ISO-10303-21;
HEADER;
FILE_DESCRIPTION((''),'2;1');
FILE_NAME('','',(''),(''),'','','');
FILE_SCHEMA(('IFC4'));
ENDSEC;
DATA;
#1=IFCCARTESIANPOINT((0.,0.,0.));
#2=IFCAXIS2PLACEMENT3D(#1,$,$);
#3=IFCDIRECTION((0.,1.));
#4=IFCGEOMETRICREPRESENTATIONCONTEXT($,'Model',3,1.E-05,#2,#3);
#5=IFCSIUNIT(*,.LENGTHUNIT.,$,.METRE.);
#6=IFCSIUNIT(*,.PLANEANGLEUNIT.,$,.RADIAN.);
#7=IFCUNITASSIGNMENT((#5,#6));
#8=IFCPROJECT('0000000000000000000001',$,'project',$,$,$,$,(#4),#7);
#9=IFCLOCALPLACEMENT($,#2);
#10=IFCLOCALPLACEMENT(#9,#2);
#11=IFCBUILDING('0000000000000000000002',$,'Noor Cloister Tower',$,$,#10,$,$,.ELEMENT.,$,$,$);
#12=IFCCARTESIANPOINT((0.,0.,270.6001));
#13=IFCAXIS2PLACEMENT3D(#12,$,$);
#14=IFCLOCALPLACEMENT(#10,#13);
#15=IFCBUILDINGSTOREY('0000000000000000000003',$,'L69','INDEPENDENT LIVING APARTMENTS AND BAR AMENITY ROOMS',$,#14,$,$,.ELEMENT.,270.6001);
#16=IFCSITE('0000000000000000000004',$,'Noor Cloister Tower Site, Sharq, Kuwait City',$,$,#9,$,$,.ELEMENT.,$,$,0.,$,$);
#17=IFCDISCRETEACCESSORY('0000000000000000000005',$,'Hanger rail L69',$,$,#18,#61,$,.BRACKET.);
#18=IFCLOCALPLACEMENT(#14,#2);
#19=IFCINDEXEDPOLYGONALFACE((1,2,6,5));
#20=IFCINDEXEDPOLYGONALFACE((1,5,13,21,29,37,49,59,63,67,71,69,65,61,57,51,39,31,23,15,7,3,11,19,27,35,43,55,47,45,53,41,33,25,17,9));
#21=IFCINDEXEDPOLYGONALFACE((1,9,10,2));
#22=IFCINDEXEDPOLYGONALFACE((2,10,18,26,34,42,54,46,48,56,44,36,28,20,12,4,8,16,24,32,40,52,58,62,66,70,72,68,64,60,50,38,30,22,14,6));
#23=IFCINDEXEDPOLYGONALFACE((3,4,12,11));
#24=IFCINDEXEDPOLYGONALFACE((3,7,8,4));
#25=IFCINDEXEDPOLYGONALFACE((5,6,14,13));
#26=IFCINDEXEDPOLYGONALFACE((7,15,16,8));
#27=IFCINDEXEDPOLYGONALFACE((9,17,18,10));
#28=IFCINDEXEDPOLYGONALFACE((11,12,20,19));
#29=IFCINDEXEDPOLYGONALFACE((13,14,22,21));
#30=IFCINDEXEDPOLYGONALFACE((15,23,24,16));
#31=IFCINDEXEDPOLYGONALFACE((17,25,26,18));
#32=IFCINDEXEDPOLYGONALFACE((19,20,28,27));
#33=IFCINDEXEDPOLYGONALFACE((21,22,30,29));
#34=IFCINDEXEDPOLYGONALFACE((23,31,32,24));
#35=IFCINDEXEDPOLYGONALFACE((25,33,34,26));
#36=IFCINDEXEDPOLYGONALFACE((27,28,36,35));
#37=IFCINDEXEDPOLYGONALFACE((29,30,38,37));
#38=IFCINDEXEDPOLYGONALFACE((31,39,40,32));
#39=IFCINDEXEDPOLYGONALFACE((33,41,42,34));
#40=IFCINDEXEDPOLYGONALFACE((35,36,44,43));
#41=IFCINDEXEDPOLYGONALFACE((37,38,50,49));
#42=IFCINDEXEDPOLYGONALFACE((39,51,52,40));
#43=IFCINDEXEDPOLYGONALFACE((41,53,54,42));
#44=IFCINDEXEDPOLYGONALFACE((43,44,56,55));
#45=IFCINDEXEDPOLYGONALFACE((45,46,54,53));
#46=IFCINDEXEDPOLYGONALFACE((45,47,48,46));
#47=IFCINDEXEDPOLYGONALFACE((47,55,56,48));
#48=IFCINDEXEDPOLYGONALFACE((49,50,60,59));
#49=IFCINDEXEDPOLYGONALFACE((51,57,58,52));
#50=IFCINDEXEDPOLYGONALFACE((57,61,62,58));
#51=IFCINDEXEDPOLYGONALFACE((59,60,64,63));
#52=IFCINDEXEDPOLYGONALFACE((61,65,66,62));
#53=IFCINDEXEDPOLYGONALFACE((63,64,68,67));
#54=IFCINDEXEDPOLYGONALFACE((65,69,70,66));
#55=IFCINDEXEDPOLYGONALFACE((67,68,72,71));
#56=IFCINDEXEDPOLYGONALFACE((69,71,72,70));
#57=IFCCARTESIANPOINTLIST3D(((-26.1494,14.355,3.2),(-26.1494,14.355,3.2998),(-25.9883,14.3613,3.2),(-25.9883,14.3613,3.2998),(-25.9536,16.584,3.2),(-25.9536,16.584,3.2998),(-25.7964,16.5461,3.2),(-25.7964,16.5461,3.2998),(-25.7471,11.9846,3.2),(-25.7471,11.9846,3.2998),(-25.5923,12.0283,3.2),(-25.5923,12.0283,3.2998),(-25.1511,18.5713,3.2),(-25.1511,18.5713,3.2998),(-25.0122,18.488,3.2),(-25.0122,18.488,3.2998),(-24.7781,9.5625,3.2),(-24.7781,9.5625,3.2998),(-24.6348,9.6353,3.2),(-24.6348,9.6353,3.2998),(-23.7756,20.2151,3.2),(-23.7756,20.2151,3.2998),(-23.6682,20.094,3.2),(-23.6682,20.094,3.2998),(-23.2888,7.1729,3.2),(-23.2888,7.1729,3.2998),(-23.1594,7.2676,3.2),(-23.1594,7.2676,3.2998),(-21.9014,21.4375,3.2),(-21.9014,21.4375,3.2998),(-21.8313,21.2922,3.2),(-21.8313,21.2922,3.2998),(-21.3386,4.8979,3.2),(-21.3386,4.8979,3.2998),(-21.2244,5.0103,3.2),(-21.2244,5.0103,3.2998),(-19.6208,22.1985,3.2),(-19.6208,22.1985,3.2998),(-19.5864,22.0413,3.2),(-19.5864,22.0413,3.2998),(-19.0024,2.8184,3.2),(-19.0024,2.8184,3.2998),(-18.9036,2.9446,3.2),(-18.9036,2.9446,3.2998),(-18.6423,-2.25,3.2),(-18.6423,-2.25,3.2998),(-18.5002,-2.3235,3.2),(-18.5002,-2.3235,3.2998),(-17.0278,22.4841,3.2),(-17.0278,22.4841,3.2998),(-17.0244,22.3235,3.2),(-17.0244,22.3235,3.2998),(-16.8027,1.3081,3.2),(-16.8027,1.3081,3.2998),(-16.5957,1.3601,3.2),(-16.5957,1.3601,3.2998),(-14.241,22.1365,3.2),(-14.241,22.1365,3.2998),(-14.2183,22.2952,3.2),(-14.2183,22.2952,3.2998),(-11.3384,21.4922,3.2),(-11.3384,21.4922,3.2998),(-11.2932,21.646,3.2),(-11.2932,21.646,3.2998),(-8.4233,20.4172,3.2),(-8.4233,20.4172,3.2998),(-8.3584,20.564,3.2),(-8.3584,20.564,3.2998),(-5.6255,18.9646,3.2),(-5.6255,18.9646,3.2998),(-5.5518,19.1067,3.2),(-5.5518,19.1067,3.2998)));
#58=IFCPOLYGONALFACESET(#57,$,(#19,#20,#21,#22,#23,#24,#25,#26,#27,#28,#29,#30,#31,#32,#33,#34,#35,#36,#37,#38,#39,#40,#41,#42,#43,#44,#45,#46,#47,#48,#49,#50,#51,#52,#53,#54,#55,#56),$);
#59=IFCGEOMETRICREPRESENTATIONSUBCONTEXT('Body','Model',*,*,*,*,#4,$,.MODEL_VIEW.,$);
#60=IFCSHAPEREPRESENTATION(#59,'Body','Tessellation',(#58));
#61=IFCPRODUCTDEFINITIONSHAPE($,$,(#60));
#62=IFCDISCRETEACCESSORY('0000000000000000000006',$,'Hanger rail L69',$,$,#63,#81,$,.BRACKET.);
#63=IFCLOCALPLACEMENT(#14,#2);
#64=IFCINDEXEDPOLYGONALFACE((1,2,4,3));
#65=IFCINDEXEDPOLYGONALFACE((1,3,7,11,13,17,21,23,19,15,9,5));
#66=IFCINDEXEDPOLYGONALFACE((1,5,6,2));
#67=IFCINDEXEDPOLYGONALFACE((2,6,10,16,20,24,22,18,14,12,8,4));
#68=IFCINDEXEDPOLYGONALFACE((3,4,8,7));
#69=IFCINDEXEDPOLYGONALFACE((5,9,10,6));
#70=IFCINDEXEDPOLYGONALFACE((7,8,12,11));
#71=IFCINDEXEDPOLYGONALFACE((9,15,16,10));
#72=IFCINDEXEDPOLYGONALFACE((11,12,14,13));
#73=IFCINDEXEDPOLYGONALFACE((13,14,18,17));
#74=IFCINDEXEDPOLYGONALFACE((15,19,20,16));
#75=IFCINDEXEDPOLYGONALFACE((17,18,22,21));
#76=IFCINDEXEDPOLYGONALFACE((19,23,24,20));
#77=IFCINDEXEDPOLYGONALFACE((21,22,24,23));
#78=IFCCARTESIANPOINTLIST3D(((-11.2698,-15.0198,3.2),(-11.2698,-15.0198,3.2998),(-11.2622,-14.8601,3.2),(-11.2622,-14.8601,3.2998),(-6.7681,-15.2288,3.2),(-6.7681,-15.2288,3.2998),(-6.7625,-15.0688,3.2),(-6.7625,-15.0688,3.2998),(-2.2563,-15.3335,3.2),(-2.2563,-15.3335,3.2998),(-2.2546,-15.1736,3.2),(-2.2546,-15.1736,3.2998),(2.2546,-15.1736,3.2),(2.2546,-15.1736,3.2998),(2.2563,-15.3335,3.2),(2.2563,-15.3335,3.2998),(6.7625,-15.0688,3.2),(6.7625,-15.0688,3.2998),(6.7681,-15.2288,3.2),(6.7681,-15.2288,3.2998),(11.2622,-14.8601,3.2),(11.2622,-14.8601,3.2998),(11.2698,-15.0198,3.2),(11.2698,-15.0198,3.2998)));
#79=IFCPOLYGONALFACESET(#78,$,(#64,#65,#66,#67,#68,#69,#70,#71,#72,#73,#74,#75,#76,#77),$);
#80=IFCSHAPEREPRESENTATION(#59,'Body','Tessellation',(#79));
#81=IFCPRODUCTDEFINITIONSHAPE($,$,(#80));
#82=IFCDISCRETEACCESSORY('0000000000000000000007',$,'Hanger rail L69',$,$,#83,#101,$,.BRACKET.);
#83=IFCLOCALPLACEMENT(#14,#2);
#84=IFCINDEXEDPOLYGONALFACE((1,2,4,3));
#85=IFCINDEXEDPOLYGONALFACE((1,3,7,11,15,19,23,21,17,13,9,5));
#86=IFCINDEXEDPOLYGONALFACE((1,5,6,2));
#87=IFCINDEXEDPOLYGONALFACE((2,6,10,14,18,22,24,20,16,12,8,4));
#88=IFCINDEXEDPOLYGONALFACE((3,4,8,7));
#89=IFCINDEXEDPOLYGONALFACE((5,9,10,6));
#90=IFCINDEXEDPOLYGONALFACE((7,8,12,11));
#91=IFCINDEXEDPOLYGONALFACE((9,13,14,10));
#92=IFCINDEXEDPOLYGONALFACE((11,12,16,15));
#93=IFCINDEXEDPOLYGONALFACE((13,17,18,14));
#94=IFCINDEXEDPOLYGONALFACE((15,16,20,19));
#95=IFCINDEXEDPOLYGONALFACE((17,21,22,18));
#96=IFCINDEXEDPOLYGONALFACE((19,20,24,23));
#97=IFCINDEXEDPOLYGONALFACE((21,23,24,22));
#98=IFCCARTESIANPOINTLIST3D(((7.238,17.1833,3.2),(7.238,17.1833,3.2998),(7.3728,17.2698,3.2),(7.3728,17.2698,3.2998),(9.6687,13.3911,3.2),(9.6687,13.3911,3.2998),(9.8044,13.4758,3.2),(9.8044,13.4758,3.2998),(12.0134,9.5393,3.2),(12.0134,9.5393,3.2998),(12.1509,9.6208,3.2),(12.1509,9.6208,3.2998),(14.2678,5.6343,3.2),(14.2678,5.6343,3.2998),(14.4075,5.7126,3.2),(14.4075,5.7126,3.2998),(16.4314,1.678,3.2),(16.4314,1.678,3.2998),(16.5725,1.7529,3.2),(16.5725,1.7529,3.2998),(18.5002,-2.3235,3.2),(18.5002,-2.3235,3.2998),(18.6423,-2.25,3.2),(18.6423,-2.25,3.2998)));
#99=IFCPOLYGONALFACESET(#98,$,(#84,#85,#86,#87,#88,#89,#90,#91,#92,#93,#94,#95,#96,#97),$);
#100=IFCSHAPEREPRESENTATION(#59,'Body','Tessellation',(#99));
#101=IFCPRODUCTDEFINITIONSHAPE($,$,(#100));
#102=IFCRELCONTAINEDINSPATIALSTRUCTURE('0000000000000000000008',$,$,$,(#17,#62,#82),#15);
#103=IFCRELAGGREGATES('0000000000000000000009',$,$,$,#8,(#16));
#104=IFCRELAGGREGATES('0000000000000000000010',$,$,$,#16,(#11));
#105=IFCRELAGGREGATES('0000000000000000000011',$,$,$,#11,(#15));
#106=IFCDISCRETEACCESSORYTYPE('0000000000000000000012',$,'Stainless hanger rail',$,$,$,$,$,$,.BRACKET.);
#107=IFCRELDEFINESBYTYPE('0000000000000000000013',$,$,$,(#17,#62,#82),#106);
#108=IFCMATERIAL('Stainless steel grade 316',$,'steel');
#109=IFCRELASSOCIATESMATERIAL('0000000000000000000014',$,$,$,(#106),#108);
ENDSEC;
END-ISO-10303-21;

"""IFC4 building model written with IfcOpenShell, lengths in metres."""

from ifc_helpers import new_model, si_unit, direction, frame, origin, place, context, subcontext, project, spatial, polyline, outline, extrude, material, type_object, element, save


model = new_model("IFC4")

# Units and contexts
model_context = context("Model", 3, precision=1e-05, world=origin(), true_north=direction((0.0, 1.0)))
body_context = subcontext(model_context, "Body", "Model", "MODEL_VIEW")
ifc_project = project(units=[si_unit("LENGTHUNIT", "METRE"), si_unit("PLANEANGLEUNIT", "RADIAN")], contexts=[model_context])

# Site, building, storey
site_placement = place(None, origin())
site = spatial("IfcSite", under=ifc_project, at=site_placement, Name="Noor Cloister Tower Site, Sharq, Kuwait City", CompositionType="ELEMENT", RefElevation=0.0)
building_placement = place(site_placement, origin())
building = spatial("IfcBuilding", under=site, at=building_placement, Name="Noor Cloister Tower", CompositionType="ELEMENT")
storey_placement = place(building_placement, frame((0.0, 0.0, 270.6001)))
storey = spatial("IfcBuildingStorey", under=building, at=storey_placement, Name="L69", Description="INDEPENDENT LIVING APARTMENTS AND BAR AMENITY ROOMS", CompositionType="ELEMENT", Elevation=270.6001)

# Discrete accessories
ifc_material_1 = material(Name="Stainless steel grade 316", Category="steel")
discrete_accessory_type = type_object("IfcDiscreteAccessoryType", Name="Stainless hanger rail", PredefinedType="BRACKET", material=ifc_material_1)
discrete_accessory_1_placement = place(storey_placement, frame((0.0, 0.0, 3.2)))
element("IfcDiscreteAccessory", 1, at=discrete_accessory_1_placement, inside=storey, type_object=discrete_accessory_type, Name="Hanger rail L69", PredefinedType="BRACKET", context=body_context, shape_type="SweptSolid", body=[
    extrude(outline(polyline([(-5.5518, 19.1067), (-8.3584, 20.564), (-11.2932, 21.646), (-14.2183, 22.2952), (-17.0278, 22.4841), (-19.6208, 22.1985), (-21.9014, 21.4375), (-23.7756, 20.2151), (-25.1511, 18.5713), (-25.9536, 16.584), (-26.1494, 14.355), (-25.7471, 11.9846), (-24.7781, 9.5625), (-23.2888, 7.1729), (-21.3386, 4.8979), (-19.0024, 2.8184), (-16.8027, 1.3081), (-18.6423, -2.25), (-18.5002, -2.3235), (-16.5957, 1.3601), (-18.9036, 2.9446), (-21.2244, 5.0103), (-23.1594, 7.2676), (-24.6348, 9.6353), (-25.5923, 12.0283), (-25.9883, 14.3613), (-25.7964, 16.5461), (-25.0122, 18.488), (-23.6682, 20.094), (-21.8313, 21.2922), (-19.5864, 22.0413), (-17.0244, 22.3235), (-14.241, 22.1365), (-11.3384, 21.4922), (-8.4233, 20.4172), (-5.6255, 18.9646), (-5.5518, 19.1067)])), origin(), (0.0, 0.0, 1.0), 0.0999),
])
discrete_accessory_2_placement = place(storey_placement, frame((0.0, 0.0, 3.2)))
element("IfcDiscreteAccessory", 2, at=discrete_accessory_2_placement, inside=storey, type_object=discrete_accessory_type, Name="Hanger rail L69", PredefinedType="BRACKET", context=body_context, shape_type="SweptSolid", body=[
    extrude(outline(polyline([(-11.2698, -15.0198), (-6.7681, -15.2288), (-2.2563, -15.3335), (2.2563, -15.3335), (6.7681, -15.2288), (11.2698, -15.0198), (11.2622, -14.8601), (6.7625, -15.0688), (2.2546, -15.1736), (-2.2546, -15.1736), (-6.7625, -15.0688), (-11.2622, -14.8601), (-11.2698, -15.0198)])), origin(), (0.0, 0.0, 1.0), 0.0999),
])
discrete_accessory_3_placement = place(storey_placement, frame((0.0, 0.0, 3.2)))
element("IfcDiscreteAccessory", 3, at=discrete_accessory_3_placement, inside=storey, type_object=discrete_accessory_type, Name="Hanger rail L69", PredefinedType="BRACKET", context=body_context, shape_type="SweptSolid", body=[
    extrude(outline(polyline([(18.6423, -2.25), (16.5725, 1.7529), (14.4075, 5.7126), (12.1509, 9.6208), (9.8044, 13.4758), (7.3728, 17.2698), (7.238, 17.1833), (9.6687, 13.3911), (12.0134, 9.5393), (14.2678, 5.6343), (16.4314, 1.678), (18.5002, -2.3235), (18.6423, -2.25)])), origin(), (0.0, 0.0, 1.0), 0.0999),
])

save(model, "model.ifc")
